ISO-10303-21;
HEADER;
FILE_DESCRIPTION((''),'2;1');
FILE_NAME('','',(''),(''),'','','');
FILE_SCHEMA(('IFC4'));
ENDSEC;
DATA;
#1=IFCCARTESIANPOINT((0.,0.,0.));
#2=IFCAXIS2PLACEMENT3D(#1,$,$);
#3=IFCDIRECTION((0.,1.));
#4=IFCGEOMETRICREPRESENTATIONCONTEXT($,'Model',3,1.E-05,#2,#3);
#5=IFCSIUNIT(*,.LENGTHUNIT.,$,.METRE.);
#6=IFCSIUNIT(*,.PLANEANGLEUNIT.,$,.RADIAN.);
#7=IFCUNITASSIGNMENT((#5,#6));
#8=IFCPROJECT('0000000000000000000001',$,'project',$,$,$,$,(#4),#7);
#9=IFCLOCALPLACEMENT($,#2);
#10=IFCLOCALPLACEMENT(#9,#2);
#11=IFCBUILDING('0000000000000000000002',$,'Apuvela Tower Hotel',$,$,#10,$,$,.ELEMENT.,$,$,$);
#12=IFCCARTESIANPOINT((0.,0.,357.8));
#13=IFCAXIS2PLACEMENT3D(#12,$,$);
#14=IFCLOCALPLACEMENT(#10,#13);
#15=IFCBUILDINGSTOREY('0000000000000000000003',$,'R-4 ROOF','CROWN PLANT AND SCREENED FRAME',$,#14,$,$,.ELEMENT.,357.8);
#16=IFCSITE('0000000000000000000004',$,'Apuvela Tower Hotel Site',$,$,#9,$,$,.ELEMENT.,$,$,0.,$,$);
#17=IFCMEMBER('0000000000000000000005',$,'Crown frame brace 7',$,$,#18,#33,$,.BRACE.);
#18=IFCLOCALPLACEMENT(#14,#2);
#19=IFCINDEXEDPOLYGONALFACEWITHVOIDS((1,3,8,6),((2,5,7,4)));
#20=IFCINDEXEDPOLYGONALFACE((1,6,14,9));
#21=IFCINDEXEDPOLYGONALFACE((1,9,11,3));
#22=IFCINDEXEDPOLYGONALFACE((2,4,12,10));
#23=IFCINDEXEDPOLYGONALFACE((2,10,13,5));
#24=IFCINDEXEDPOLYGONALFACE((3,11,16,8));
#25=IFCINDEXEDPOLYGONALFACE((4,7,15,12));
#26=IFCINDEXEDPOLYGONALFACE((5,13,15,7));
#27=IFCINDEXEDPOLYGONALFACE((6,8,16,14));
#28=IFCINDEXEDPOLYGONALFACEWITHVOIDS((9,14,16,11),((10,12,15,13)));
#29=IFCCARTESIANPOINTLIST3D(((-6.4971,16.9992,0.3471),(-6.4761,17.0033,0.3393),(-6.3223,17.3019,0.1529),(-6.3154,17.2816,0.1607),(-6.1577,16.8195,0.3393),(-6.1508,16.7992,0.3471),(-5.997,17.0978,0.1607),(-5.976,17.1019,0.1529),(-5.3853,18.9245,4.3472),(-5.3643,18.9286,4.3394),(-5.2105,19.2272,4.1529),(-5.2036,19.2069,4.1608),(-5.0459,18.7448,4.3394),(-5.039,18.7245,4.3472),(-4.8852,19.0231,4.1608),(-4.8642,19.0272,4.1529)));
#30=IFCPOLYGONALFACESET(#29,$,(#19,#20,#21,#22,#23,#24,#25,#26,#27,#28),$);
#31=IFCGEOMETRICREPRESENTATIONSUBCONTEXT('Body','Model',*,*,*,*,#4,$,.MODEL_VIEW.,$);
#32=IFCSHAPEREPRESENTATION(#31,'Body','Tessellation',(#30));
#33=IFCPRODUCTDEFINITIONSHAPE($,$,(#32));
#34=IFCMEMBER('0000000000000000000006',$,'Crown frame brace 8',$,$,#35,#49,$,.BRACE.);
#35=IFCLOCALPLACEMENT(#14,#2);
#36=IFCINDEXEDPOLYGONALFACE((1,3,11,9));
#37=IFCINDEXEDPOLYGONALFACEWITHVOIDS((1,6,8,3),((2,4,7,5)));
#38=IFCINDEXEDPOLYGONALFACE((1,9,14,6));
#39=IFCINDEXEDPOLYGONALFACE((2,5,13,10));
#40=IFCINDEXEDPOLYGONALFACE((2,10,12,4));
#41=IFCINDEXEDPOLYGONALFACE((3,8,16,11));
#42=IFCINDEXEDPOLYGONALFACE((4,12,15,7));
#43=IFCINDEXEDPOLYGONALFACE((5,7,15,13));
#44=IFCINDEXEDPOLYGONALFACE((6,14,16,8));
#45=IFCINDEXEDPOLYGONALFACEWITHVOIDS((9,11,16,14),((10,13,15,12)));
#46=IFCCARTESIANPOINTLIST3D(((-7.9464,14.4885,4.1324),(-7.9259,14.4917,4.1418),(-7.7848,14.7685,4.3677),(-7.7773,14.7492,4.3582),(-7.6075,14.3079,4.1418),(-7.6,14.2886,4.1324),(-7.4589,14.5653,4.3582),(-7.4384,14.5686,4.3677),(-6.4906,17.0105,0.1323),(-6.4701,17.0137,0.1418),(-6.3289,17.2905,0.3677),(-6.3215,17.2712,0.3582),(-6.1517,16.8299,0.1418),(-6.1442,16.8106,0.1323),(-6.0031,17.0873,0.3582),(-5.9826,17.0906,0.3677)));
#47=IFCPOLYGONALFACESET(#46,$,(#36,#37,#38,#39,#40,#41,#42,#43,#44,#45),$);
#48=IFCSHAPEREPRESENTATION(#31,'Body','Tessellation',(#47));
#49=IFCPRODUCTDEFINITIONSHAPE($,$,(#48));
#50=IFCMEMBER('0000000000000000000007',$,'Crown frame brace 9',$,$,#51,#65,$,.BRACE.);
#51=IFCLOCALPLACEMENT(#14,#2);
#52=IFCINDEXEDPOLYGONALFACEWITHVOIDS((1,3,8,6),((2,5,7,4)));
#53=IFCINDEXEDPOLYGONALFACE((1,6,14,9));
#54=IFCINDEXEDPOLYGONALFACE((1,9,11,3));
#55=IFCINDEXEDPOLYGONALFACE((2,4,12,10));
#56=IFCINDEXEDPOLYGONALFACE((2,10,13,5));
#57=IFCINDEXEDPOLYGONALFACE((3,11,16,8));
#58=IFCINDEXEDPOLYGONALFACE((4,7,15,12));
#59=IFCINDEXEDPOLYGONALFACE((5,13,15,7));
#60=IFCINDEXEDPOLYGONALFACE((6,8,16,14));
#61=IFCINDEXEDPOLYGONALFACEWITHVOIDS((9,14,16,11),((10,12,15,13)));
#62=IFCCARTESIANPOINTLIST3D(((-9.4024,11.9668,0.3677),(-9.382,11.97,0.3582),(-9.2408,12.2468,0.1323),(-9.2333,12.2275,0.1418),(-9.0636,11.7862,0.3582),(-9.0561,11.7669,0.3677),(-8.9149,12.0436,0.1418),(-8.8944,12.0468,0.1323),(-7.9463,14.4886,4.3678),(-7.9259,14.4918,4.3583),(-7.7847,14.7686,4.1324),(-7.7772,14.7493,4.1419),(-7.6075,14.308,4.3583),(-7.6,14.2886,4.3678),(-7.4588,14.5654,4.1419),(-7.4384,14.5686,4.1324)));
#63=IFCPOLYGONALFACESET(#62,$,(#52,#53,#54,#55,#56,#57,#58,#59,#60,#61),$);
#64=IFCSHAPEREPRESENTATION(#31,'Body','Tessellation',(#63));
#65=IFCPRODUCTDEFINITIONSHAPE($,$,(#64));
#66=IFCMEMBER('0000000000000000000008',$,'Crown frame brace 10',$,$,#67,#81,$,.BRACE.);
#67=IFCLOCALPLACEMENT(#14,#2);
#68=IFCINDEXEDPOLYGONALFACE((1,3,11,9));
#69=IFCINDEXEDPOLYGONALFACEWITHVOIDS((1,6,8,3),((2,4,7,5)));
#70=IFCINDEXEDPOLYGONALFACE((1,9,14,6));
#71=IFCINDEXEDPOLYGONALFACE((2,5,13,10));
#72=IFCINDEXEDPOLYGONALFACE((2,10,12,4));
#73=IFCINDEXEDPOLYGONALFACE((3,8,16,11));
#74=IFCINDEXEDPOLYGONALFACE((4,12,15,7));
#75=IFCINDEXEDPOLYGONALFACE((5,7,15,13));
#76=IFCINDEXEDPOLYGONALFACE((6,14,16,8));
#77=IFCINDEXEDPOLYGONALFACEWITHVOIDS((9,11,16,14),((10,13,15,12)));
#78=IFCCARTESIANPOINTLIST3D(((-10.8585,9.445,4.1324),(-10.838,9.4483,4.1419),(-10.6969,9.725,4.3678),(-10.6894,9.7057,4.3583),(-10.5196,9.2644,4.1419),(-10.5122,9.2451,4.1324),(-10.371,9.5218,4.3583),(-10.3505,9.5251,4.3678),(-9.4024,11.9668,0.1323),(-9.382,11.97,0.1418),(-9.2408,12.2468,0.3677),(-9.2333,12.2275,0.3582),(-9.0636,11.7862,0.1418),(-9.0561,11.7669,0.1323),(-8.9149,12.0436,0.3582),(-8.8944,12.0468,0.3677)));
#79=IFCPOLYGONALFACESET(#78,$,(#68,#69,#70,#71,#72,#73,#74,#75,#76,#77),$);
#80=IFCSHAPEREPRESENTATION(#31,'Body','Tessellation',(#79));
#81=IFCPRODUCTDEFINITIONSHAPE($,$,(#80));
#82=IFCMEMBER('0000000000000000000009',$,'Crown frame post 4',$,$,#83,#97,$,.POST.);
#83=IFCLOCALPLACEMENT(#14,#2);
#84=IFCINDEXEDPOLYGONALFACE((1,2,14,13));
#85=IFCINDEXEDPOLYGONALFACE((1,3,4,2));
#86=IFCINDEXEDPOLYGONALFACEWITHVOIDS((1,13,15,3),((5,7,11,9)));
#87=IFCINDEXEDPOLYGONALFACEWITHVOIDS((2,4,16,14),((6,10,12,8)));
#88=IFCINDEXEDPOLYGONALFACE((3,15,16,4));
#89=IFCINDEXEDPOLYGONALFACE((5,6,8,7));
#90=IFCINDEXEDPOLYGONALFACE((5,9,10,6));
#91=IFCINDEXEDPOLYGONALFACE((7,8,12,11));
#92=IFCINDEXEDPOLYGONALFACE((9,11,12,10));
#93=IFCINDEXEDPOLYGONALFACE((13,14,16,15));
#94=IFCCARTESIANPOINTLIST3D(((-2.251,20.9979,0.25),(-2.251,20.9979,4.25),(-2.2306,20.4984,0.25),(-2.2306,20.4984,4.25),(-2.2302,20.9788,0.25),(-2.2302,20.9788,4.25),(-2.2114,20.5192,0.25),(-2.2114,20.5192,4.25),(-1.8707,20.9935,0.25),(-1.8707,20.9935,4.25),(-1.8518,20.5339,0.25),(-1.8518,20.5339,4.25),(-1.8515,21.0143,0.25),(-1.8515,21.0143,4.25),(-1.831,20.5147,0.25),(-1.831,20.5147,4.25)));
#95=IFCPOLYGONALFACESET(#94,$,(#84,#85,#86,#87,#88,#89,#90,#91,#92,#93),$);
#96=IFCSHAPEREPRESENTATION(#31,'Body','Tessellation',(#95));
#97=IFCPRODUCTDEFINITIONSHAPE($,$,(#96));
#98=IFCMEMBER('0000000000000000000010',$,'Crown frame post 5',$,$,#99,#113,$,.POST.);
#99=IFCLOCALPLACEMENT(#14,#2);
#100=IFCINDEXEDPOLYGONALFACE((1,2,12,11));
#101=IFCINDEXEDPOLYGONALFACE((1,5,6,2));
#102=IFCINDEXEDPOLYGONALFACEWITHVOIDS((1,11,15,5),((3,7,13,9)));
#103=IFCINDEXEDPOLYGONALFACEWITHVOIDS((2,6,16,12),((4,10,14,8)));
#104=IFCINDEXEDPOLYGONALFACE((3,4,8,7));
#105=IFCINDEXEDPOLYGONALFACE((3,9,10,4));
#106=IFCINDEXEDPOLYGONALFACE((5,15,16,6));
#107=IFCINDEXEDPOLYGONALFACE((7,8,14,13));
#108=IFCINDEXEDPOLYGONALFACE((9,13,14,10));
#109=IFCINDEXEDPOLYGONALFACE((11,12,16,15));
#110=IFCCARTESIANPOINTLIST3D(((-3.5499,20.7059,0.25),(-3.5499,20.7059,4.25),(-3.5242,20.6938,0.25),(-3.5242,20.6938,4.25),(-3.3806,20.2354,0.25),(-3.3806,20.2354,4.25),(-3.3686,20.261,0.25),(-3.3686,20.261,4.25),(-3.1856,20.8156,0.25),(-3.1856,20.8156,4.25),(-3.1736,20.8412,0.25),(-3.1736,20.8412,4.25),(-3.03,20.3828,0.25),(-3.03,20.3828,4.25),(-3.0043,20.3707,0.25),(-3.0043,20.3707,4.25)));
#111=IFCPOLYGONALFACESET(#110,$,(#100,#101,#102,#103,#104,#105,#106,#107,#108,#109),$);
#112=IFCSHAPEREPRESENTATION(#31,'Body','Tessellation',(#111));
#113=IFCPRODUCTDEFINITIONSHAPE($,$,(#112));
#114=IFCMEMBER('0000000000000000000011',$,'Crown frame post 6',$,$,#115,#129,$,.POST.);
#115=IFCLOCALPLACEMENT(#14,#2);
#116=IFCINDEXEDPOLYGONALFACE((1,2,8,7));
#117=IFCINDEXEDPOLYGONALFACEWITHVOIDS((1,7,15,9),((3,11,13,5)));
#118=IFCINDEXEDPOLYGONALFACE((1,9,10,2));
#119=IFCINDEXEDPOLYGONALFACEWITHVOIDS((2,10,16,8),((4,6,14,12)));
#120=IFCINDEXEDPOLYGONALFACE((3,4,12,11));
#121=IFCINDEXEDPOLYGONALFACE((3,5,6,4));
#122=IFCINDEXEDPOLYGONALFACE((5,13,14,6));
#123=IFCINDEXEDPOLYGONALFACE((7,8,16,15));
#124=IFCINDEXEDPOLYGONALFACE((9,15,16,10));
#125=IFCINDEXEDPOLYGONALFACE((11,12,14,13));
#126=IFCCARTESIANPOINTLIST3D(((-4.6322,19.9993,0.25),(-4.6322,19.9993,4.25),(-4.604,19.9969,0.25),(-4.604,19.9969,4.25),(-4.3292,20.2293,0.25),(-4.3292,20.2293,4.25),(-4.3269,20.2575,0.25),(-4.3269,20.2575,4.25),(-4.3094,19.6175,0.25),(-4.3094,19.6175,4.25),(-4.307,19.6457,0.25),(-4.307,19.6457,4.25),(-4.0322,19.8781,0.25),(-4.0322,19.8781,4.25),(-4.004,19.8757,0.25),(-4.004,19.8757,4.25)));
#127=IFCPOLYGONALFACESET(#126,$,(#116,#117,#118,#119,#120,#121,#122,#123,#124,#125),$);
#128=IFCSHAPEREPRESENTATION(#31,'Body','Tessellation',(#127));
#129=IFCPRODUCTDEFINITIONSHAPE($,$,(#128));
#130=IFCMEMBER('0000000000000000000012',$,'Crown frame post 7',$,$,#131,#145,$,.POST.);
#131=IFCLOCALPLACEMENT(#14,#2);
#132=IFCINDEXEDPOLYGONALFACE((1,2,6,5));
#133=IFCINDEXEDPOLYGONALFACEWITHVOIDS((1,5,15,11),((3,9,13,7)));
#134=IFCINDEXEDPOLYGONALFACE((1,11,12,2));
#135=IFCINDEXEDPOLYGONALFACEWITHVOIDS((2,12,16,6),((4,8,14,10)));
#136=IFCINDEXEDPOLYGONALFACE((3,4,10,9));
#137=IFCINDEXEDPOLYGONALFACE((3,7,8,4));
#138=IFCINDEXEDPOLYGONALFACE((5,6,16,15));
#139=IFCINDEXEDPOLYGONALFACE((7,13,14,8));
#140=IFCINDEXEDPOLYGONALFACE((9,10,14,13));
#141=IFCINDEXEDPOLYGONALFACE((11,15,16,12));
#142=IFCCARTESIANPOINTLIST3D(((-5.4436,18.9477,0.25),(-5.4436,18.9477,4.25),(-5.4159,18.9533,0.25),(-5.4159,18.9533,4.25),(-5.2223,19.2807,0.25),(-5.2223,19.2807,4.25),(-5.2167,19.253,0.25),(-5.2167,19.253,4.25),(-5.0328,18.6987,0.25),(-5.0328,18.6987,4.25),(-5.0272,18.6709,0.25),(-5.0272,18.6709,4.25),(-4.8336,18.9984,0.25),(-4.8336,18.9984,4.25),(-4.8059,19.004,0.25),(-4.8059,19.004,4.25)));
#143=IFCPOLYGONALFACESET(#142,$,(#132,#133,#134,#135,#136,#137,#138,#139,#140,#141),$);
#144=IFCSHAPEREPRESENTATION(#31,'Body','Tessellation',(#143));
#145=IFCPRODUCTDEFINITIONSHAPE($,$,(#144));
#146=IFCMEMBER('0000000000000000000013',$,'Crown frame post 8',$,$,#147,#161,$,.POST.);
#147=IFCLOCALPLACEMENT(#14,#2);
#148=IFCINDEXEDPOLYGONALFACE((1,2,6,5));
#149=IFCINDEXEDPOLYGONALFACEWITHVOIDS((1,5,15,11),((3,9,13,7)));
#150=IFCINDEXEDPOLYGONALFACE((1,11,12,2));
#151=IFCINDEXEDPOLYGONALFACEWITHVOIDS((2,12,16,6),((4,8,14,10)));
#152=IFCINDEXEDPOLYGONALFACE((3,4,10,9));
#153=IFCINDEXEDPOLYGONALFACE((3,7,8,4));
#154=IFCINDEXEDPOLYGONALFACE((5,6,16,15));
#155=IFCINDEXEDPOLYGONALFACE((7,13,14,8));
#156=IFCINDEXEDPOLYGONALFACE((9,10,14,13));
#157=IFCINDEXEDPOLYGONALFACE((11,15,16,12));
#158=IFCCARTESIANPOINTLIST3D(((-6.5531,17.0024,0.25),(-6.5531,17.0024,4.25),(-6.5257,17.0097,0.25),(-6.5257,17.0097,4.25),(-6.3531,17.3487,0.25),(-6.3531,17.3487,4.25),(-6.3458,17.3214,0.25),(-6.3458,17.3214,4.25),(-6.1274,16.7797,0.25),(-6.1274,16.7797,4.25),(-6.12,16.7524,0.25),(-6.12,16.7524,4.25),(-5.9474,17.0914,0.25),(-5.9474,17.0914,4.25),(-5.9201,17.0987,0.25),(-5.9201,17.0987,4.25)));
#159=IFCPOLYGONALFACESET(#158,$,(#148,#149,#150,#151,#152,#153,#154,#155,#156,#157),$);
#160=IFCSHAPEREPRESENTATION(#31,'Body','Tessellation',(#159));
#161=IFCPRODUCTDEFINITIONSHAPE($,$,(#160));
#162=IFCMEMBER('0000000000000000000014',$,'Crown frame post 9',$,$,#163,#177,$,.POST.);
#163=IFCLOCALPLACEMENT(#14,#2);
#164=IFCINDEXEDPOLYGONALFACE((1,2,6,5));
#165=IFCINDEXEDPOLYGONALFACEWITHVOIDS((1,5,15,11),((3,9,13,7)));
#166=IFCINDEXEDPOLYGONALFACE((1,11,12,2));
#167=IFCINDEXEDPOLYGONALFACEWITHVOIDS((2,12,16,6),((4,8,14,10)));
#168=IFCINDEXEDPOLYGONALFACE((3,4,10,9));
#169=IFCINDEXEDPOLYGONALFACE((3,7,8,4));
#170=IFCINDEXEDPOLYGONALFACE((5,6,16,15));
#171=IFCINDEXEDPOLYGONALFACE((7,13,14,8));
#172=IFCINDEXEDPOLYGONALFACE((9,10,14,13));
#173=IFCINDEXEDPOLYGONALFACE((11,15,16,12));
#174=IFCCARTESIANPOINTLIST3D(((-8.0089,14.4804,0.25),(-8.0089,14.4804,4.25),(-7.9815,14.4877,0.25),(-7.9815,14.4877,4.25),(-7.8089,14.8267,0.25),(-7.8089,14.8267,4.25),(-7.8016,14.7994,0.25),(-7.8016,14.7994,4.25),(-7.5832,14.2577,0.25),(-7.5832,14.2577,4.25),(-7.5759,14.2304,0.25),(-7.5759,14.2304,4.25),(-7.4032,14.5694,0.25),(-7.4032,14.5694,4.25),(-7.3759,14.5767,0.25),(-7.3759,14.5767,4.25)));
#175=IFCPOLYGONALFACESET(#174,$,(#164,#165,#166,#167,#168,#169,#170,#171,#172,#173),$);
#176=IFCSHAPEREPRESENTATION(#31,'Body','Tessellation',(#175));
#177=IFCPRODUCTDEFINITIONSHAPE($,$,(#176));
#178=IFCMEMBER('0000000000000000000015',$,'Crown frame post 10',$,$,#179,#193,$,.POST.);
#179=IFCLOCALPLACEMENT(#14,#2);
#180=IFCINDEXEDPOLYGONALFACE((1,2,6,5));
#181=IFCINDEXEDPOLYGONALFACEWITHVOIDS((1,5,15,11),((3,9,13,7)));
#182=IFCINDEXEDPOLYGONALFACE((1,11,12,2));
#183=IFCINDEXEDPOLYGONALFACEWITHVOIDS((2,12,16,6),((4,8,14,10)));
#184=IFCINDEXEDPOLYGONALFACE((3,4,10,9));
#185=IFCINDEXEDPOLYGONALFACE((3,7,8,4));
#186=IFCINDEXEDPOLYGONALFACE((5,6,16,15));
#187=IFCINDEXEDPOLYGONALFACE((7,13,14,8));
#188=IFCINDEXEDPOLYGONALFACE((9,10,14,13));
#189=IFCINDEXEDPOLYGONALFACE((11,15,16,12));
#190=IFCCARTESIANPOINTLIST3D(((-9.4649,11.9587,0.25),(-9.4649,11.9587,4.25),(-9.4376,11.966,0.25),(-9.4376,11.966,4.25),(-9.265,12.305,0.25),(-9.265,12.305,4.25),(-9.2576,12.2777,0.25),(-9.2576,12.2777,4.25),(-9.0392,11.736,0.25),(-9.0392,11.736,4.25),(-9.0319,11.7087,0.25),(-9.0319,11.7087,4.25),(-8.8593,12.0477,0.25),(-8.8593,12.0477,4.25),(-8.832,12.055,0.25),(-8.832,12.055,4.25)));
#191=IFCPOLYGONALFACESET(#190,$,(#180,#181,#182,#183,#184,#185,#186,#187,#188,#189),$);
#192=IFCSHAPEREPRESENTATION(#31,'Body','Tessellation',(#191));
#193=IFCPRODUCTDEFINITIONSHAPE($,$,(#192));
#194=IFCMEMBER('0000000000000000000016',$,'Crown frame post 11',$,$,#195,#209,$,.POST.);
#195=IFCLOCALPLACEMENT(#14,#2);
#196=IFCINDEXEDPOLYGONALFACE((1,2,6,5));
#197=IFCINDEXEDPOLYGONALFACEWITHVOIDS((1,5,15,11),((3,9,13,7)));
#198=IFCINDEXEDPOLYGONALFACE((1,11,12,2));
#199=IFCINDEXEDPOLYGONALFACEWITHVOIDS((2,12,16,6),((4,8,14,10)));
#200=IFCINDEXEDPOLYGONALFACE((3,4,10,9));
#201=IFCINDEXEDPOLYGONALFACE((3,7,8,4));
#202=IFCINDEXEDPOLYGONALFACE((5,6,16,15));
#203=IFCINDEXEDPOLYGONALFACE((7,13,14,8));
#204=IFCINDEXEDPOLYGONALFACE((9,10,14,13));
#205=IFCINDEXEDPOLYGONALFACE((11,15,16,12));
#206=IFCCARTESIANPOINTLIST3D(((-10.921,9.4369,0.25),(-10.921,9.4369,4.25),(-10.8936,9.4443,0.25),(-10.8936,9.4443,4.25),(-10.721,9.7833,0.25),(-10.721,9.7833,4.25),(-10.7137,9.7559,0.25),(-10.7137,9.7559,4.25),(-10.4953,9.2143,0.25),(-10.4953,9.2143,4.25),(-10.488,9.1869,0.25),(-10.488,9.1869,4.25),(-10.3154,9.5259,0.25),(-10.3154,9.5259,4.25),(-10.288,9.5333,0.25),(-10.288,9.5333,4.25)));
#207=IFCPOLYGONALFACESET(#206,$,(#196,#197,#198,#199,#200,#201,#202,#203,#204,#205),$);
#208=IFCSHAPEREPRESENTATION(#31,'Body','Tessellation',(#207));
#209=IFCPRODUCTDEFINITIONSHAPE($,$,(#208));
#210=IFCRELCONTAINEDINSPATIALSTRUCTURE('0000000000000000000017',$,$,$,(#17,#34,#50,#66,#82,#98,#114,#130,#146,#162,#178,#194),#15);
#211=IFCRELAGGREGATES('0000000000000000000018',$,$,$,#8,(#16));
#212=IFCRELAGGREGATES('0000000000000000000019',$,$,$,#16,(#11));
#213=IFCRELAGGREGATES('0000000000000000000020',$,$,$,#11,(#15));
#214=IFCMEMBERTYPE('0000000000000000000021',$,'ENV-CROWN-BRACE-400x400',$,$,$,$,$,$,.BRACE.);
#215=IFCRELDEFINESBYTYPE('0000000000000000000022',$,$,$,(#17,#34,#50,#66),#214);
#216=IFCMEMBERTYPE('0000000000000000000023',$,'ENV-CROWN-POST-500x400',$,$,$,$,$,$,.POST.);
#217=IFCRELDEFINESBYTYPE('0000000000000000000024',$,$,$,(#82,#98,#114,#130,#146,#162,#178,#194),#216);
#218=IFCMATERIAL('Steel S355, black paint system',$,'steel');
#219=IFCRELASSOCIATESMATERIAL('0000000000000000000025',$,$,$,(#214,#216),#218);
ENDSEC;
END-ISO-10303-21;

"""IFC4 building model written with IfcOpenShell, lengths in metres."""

from ifc_helpers import new_model, si_unit, direction, frame, origin, origin_2d, place, context, subcontext, project, spatial, hollow_rectangle, extrude, material, material_profile, profile_set, type_object, element, save


model = new_model("IFC4")

# Units and contexts
model_context = context("Model", 3, precision=1e-05, world=origin(), true_north=direction((0.0, 1.0)))
body_context = subcontext(model_context, "Body", "Model", "MODEL_VIEW")
ifc_project = project(units=[si_unit("LENGTHUNIT", "METRE"), si_unit("PLANEANGLEUNIT", "RADIAN")], contexts=[model_context])

# Site, building, storey
site_placement = place(None, origin())
site = spatial("IfcSite", under=ifc_project, at=site_placement, Name="Apuvela Tower Hotel Site", CompositionType="ELEMENT", RefElevation=0.0)
building_placement = place(site_placement, origin())
building = spatial("IfcBuilding", under=site, at=building_placement, Name="Apuvela Tower Hotel", CompositionType="ELEMENT")
storey_placement = place(building_placement, frame((0.0, 0.0, 357.8)))
storey = spatial("IfcBuildingStorey", under=building, at=storey_placement, Name="R-4 ROOF", Description="CROWN PLANT AND SCREENED FRAME", CompositionType="ELEMENT", Elevation=357.8)

# Members
ifc_material_1 = material(Name="Steel S355, black paint system", Category="steel")
ifc_material_profile_1 = material_profile(ifc_material_1, hollow_rectangle(XDim=0.3999, YDim=0.3999, WallThickness=0.0161, at=origin_2d()), Name="HSS 400x400x16")
ifc_profile_set_1 = profile_set([ifc_material_profile_1], Name="Steel S355, black paint system")
member_type_1 = type_object("IfcMemberType", Name="ENV-CROWN-BRACE-400x400", PredefinedType="BRACE", material=ifc_profile_set_1)
member_1_placement = place(storey_placement, frame((-6.2366, 17.0505, 0.25), z_axis=(0.242949, 0.420706, 0.874061), x_axis=(-0.865977, 0.500084, 0.0)))
element("IfcMember", 1, at=member_1_placement, inside=storey, type_object=member_type_1, Name="Crown frame brace 7", PredefinedType="BRACE", context=body_context, shape_type="SweptSolid", body=[
    extrude(hollow_rectangle(XDim=0.3999, YDim=0.3999, WallThickness=0.0161, at=origin_2d()), origin(), (0.0, 0.0, 1.0), 4.5764),
])
for number, where, z_axis, x_axis, name in (
    (2, (-6.2366, 17.0505, 0.25), (-0.29424, -0.509726, 0.808457), (0.866063, -0.499935, 0.0), "Crown frame brace 8"),
    (3, (-9.1484, 12.0068, 0.25), (0.294292, 0.509682, 0.808465), (-0.866005, 0.500035, 0.0), "Crown frame brace 9"),
    (4, (-9.1484, 12.0068, 0.25), (-0.294292, -0.509682, 0.808465), (0.866005, -0.500035, 0.0), "Crown frame brace 10"),
):
    element("IfcMember", number, at=place(storey_placement, frame(where, z_axis=z_axis, x_axis=x_axis)), inside=storey, type_object=member_type_1, Name=name, PredefinedType="BRACE", context=body_context, shape_type="SweptSolid", body=[
        extrude(hollow_rectangle(XDim=0.3999, YDim=0.3999, WallThickness=0.0161, at=origin_2d()), origin(), (0.0, 0.0, 1.0), 4.9478),
    ])
ifc_material_profile_2 = material_profile(ifc_material_1, hollow_rectangle(XDim=0.3999, YDim=0.5, WallThickness=0.02, at=origin_2d()), Name="HSS 500x400x20")
ifc_profile_set_2 = profile_set([ifc_material_profile_2], Name="Steel S355, black paint system")
member_type_2 = type_object("IfcMemberType", Name="ENV-CROWN-POST-500x400", PredefinedType="POST", material=ifc_profile_set_2)
for number, where, z_axis, x_axis, name in (
    (5, (-2.041, 20.7563, 0.25), (0.0, 0.0, 1.0), (-0.999161, -0.040951, 0.0), "Crown frame post 4"),
    (6, (-3.2771, 20.5383, 0.25), (0.0, 0.0, 1.0), (-0.940994, -0.338423, 0.0), "Crown frame post 5"),
    (7, (-4.3181, 19.9375, 0.25), (0.0, 0.0, 1.0), (-0.76358, -0.645714, 0.0), "Crown frame post 6"),
    (8, (-5.1248, 18.9758, 0.25), (0.0, 0.0, 1.0), (-0.553467, -0.832871, 0.0), "Crown frame post 7"),
    (9, (-6.2366, 17.0505, 0.25), (0.0, 0.0, 1.0), (-0.5, -0.866025, 0.0), "Crown frame post 8"),
    (10, (-7.6924, 14.5286, 0.25), (0.0, 0.0, 1.0), (-0.5, -0.866025, 0.0), "Crown frame post 9"),
    (11, (-9.1484, 12.0068, 0.25), (0.0, 0.0, 1.0), (-0.5, -0.866025, 0.0), "Crown frame post 10"),
    (12, (-10.6045, 9.4851, 0.25), (0.0, 0.0, 1.0), (-0.5, -0.866025, 0.0), "Crown frame post 11"),
):
    element("IfcMember", number, at=place(storey_placement, frame(where, z_axis=z_axis, x_axis=x_axis)), inside=storey, type_object=member_type_2, Name=name, PredefinedType="POST", context=body_context, shape_type="SweptSolid", body=[
        extrude(hollow_rectangle(XDim=0.3999, YDim=0.5, WallThickness=0.02, at=origin_2d()), origin(), (0.0, 0.0, 1.0), 4.0),
    ])

save(model, "model.ifc")
